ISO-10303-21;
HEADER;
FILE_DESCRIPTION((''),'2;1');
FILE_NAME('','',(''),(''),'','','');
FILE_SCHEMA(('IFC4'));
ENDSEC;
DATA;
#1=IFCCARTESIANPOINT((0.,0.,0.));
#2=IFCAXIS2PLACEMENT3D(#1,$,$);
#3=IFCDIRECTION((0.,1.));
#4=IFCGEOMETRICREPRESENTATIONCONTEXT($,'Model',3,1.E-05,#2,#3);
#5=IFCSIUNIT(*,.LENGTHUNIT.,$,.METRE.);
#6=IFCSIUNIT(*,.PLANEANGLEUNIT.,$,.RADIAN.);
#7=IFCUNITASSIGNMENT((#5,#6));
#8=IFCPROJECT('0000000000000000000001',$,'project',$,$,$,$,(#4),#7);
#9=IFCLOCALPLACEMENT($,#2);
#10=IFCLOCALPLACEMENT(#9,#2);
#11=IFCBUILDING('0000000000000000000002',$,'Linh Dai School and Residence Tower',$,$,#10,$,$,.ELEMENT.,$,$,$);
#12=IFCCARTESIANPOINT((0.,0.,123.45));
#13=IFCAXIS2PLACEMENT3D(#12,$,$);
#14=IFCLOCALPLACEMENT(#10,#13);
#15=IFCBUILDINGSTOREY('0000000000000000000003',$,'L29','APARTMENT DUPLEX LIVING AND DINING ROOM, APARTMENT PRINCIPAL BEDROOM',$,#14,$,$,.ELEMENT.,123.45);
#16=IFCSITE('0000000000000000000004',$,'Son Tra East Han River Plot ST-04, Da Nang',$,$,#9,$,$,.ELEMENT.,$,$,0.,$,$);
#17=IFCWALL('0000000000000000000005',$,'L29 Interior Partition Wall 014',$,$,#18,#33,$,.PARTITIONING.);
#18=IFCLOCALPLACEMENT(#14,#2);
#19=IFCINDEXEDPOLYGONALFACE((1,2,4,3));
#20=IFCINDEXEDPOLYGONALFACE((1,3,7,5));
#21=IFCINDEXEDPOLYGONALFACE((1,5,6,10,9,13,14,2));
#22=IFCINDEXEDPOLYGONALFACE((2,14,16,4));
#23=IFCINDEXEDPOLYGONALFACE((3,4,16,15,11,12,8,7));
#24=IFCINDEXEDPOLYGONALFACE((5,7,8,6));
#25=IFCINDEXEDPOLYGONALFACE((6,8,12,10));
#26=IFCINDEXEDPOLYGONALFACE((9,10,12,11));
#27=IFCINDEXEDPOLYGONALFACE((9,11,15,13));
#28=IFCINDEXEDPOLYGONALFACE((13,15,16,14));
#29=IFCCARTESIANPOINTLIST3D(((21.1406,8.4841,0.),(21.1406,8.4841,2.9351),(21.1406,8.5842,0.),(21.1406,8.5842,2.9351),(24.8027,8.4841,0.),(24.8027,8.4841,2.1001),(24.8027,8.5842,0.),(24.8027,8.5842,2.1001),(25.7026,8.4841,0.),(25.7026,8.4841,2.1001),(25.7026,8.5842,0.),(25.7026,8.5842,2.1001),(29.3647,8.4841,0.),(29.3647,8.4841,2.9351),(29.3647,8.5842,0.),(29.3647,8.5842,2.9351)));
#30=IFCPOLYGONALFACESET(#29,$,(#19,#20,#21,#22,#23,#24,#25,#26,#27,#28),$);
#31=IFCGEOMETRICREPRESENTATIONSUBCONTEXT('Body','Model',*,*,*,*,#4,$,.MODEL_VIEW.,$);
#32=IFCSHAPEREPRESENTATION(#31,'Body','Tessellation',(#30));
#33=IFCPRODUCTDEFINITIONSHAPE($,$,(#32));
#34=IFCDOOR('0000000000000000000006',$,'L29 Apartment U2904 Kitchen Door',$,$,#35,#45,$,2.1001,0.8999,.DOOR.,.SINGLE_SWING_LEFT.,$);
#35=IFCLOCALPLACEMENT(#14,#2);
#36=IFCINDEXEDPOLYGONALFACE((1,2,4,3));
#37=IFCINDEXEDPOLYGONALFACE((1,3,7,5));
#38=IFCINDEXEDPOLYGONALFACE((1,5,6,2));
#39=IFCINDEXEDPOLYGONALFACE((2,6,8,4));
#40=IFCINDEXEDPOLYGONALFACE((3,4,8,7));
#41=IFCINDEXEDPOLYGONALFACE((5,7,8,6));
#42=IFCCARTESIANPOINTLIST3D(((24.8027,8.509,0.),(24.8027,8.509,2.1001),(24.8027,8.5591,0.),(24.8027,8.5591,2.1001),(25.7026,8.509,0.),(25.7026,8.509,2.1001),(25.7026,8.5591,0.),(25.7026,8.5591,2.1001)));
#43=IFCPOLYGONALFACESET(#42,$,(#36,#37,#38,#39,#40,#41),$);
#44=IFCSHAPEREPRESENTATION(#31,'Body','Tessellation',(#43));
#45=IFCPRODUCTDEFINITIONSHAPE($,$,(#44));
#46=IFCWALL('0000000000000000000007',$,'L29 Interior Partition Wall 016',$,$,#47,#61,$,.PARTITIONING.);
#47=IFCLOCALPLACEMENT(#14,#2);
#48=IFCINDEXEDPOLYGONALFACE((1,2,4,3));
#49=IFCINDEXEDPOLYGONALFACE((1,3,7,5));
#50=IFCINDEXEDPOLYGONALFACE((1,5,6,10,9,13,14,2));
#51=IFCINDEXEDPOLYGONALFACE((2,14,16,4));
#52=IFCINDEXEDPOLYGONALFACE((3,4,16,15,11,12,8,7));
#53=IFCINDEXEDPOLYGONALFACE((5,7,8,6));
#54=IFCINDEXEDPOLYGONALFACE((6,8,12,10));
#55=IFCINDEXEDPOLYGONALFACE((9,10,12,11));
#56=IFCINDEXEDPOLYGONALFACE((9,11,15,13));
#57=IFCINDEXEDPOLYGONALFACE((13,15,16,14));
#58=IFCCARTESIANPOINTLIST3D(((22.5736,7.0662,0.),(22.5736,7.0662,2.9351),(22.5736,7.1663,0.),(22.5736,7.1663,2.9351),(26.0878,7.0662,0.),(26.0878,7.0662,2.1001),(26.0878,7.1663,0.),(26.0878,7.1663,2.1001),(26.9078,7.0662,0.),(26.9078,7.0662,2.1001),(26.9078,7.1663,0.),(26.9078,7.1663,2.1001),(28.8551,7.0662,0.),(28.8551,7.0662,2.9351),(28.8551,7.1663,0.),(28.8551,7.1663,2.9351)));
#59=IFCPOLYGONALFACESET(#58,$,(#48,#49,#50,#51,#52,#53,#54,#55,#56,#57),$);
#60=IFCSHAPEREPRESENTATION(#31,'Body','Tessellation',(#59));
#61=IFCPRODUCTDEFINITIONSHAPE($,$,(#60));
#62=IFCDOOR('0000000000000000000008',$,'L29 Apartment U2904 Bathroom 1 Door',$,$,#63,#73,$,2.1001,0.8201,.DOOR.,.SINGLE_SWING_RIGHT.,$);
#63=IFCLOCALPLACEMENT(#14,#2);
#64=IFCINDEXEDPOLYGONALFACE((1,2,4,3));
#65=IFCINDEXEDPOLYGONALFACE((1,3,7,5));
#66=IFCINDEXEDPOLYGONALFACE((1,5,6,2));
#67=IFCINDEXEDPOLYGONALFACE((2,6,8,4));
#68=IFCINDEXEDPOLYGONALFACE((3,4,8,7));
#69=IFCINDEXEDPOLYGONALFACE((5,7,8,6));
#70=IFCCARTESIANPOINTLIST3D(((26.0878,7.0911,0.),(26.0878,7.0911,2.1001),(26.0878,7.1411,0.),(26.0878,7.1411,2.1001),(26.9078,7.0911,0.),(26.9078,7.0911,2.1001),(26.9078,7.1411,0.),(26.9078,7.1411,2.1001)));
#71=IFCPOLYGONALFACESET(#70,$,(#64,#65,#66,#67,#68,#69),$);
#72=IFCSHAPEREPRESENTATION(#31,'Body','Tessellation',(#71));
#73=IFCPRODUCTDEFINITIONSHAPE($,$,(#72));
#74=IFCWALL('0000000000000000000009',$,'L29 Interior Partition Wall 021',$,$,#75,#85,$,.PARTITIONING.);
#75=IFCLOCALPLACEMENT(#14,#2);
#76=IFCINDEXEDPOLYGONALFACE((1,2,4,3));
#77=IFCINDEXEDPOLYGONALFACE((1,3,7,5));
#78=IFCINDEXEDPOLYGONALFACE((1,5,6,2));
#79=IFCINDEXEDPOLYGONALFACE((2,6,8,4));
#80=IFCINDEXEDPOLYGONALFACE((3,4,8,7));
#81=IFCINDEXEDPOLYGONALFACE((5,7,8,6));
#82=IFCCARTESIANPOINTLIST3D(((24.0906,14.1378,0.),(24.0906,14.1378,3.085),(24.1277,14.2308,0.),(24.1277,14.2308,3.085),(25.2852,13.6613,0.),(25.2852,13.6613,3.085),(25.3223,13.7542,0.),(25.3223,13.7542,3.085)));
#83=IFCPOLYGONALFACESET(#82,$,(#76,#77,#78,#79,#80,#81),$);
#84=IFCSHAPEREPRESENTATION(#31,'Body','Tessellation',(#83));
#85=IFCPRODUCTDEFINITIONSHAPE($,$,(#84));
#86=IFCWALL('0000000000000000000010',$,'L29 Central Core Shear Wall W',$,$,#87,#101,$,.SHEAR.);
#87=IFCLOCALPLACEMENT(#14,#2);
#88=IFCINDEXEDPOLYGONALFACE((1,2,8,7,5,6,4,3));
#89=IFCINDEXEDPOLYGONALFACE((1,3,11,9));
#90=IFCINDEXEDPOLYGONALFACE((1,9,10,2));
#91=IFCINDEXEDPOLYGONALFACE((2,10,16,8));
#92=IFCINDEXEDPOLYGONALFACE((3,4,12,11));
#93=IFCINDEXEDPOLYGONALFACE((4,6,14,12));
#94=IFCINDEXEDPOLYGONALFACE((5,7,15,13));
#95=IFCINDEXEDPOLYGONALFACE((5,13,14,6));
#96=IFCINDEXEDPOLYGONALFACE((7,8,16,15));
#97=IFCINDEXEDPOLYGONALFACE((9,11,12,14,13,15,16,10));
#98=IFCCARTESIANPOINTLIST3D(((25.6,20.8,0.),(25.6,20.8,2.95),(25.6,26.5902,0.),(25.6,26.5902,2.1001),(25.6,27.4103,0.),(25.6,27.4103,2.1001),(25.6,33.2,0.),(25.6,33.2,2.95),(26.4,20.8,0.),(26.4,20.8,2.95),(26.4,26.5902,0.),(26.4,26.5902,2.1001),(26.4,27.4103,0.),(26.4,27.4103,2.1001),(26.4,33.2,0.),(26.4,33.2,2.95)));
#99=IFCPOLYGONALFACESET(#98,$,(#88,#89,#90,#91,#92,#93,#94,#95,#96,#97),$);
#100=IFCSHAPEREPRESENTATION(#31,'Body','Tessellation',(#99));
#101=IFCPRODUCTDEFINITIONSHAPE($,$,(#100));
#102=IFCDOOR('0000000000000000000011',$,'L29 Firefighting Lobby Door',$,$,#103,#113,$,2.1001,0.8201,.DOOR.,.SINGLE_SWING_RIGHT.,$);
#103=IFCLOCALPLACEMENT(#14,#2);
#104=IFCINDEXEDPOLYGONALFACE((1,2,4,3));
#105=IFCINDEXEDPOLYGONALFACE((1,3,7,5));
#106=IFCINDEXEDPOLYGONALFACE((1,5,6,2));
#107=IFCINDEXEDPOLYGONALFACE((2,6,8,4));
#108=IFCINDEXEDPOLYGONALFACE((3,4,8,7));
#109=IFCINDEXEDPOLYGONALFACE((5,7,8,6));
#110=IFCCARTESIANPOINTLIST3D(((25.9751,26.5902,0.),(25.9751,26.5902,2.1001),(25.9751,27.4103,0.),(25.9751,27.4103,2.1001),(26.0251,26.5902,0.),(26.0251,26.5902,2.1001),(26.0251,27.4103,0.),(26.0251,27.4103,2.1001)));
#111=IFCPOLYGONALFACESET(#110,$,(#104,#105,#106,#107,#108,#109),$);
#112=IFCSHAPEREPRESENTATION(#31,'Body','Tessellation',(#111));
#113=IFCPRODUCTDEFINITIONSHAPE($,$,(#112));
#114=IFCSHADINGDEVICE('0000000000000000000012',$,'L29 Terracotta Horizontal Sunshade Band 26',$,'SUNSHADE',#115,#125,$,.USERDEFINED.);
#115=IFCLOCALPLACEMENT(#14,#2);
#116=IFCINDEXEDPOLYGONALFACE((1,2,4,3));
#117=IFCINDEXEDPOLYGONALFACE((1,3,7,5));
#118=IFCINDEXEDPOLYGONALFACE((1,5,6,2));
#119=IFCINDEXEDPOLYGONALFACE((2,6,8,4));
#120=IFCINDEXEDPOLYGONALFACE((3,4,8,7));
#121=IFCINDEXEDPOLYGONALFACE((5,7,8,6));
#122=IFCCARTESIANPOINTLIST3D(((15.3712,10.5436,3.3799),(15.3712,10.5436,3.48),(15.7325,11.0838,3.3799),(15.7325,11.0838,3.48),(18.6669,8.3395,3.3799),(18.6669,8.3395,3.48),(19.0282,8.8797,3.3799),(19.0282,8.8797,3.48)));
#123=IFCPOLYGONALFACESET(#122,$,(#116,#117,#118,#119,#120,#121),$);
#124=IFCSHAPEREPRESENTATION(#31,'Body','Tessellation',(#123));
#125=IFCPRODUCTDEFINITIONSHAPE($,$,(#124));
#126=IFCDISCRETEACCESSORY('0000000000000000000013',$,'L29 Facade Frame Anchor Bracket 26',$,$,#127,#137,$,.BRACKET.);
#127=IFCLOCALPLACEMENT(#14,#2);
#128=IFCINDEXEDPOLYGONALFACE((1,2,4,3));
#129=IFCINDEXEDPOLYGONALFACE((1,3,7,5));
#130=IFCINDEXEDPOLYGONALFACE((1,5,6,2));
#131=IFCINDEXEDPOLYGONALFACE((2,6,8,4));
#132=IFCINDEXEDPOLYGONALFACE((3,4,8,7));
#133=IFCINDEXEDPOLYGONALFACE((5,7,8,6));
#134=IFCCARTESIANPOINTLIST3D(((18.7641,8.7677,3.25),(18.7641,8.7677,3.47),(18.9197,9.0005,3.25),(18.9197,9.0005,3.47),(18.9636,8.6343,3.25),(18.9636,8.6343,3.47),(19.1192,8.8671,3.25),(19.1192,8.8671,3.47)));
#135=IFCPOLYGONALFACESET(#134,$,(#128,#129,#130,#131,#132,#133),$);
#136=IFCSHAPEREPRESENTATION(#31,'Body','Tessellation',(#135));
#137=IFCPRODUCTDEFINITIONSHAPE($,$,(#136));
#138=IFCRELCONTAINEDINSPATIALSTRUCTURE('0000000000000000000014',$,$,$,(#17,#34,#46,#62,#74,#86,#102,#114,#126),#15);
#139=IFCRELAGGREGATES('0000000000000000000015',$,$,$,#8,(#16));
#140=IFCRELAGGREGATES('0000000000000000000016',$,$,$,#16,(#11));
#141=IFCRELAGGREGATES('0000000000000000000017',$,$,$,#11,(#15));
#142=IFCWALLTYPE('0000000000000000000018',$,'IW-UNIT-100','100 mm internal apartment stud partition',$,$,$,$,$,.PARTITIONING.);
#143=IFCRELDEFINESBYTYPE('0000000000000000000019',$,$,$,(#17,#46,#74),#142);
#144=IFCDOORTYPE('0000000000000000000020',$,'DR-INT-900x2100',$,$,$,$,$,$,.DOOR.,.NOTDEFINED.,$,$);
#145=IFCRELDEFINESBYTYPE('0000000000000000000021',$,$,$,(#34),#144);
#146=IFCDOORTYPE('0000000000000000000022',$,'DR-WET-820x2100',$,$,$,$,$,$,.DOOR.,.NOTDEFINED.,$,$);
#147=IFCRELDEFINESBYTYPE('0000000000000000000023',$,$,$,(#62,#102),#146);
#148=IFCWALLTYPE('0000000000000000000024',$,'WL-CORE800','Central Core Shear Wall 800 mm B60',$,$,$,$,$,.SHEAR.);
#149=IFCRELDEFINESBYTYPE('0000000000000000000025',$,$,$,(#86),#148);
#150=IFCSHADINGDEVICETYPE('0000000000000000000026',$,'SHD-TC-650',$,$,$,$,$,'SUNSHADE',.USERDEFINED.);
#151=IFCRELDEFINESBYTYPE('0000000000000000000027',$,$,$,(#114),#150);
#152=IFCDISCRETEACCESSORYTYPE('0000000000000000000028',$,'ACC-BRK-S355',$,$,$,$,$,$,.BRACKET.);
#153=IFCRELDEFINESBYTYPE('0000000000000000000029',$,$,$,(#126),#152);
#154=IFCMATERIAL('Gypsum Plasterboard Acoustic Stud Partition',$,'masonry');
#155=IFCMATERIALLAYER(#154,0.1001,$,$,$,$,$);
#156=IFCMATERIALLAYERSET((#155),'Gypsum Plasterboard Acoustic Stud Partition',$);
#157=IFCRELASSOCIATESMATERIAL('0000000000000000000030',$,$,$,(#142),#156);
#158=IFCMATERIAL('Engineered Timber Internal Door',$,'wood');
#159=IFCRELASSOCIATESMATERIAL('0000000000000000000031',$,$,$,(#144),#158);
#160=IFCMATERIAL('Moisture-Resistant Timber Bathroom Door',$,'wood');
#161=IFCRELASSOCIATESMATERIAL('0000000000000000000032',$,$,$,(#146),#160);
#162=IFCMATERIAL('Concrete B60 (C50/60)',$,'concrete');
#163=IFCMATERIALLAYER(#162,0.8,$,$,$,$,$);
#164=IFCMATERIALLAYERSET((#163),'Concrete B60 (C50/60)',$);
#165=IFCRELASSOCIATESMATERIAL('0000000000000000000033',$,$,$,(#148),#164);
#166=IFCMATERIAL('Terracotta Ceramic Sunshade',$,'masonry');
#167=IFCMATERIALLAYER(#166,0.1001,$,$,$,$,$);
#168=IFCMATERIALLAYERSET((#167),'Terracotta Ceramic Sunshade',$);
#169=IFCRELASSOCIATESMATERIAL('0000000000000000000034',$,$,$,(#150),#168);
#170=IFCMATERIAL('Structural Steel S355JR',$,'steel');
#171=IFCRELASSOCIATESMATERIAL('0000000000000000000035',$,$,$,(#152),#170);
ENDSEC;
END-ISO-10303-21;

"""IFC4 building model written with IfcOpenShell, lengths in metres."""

from ifc_helpers import new_model, si_unit, direction, frame, frame_2d, origin, origin_2d, place, context, subcontext, project, spatial, rectangle, extrude, source, transform, mapped, material, layer, layer_set, type_object, element, fill, save


model = new_model("IFC4")

# Units and contexts
model_context = context("Model", 3, precision=1e-05, world=origin(), true_north=direction((0.0, 1.0)))
body_context = subcontext(model_context, "Body", "Model", "MODEL_VIEW")
ifc_project = project(units=[si_unit("LENGTHUNIT", "METRE"), si_unit("PLANEANGLEUNIT", "RADIAN")], contexts=[model_context])

# Site, building, storey
site_placement = place(None, origin())
site = spatial("IfcSite", under=ifc_project, at=site_placement, Name="Son Tra East Han River Plot ST-04, Da Nang", CompositionType="ELEMENT", RefElevation=0.0)
building_placement = place(site_placement, origin())
building = spatial("IfcBuilding", under=site, at=building_placement, Name="Linh Dai School and Residence Tower", CompositionType="ELEMENT")
storey_placement = place(building_placement, frame((0.0, 0.0, 123.45)))
storey = spatial("IfcBuildingStorey", under=building, at=storey_placement, Name="L29", Description="APARTMENT DUPLEX LIVING AND DINING ROOM, APARTMENT PRINCIPAL BEDROOM", CompositionType="ELEMENT", Elevation=123.45)

# Shared definitions
ifc_material_1 = material(Name="Concrete B60 (C50/60)", Category="concrete")
ifc_material_2 = material(Name="Structural Steel S355JR", Category="steel")

# Shared definitions
ifc_material_3 = material(Name="Gypsum Plasterboard Acoustic Stud Partition", Category="masonry")
ifc_layer_1 = layer(ifc_material_3, 0.1001)
ifc_layer_set_1 = layer_set([ifc_layer_1], Name="Gypsum Plasterboard Acoustic Stud Partition")
wall_type_1 = type_object("IfcWallType", Name="IW-UNIT-100", Description="100 mm internal apartment stud partition", PredefinedType="PARTITIONING", material=ifc_layer_set_1)

# Walls, openings, doors
ifc_material_4 = material(Name="Engineered Timber Internal Door", Category="wood")
door_type_1 = type_object("IfcDoorType", Name="DR-INT-900x2100", OperationType="NOTDEFINED", PredefinedType="DOOR", material=ifc_material_4)
shared_shape_1 = source(origin(), body_context, "Body", "SweptSolid", [
    extrude(rectangle(XDim=0.8999, YDim=2.1001, at=origin_2d()), frame((0.45, 0.0249, 1.05), z_axis=(0.0, -1.0, 0.0), x_axis=(1.0, 0.0, 0.0)), (0.0, 0.0, 1.0), 0.05),
])
wall_1_placement = place(storey_placement, frame((21.1406, 8.5342, 0.0), z_axis=(0.0, 0.0, 1.0), x_axis=(1.0, 0.0, 0.0)))
wall_1 = element("IfcWall", 1, at=wall_1_placement, inside=storey, type_object=wall_type_1, Name="L29 Interior Partition Wall 014", PredefinedType="PARTITIONING", context=body_context, shape_type="SweptSolid", body=[
    extrude(rectangle(XDim=8.2241, YDim=0.1001, at=frame_2d((4.1121, 0.0))), origin(), (0.0, 0.0, 1.0), 2.9351),
])
opening_1_placement = place(wall_1_placement, frame((3.6621, 0.0, 0.0)))
opening_1 = element("IfcOpeningElement", 2, at=opening_1_placement, cuts=wall_1, PredefinedType="OPENING", context=body_context, shape_type="SweptSolid", body=[
    extrude(rectangle(XDim=0.8999, YDim=2.1001, at=origin_2d()), frame((0.45, 0.0601, 1.05), z_axis=(0.0, -1.0, 0.0), x_axis=(1.0, 0.0, 0.0)), (0.0, 0.0, 1.0), 0.1201),
])
door_1_placement = place(opening_1_placement, origin())
door_1 = element("IfcDoor", 3, at=door_1_placement, inside=storey, type_object=door_type_1, Name="L29 Apartment U2904 Kitchen Door", OperationType="SINGLE_SWING_LEFT", OverallHeight=2.1001, OverallWidth=0.8999, PredefinedType="DOOR", context=body_context, shape_type="MappedRepresentation", body=[
    mapped(shared_shape_1, transform((0.0, 0.0, 0.0), x_axis=(1.0, 0.0, 0.0), y_axis=(0.0, 1.0, 0.0), z_axis=(0.0, 0.0, 1.0), scale=1.0)),
])
fill(opening_1, door_1)
wall_2_placement = place(storey_placement, frame((22.5737, 7.1162, 0.0), z_axis=(0.0, 0.0, 1.0), x_axis=(1.0, 0.0, 0.0)))
wall_2 = element("IfcWall", 4, at=wall_2_placement, inside=storey, type_object=wall_type_1, Name="L29 Interior Partition Wall 016", PredefinedType="PARTITIONING", context=body_context, shape_type="SweptSolid", body=[
    extrude(rectangle(XDim=6.2815, YDim=0.1001, at=frame_2d((3.1406, 0.0))), origin(), (0.0, 0.0, 1.0), 2.9351),
])
opening_2_placement = place(wall_2_placement, frame((3.5139, 0.0, 0.0)))
opening_2 = element("IfcOpeningElement", 5, at=opening_2_placement, cuts=wall_2, PredefinedType="OPENING", context=body_context, shape_type="SweptSolid", body=[
    extrude(rectangle(XDim=0.8201, YDim=2.1001, at=origin_2d()), frame((0.4102, 0.0601, 1.05), z_axis=(0.0, -1.0, 0.0), x_axis=(1.0, 0.0, 0.0)), (0.0, 0.0, 1.0), 0.1201),
])
ifc_material_5 = material(Name="Moisture-Resistant Timber Bathroom Door", Category="wood")
door_type_2 = type_object("IfcDoorType", Name="DR-WET-820x2100", OperationType="NOTDEFINED", PredefinedType="DOOR", material=ifc_material_5)
shared_shape_2 = source(origin(), body_context, "Body", "SweptSolid", [
    extrude(rectangle(XDim=0.8201, YDim=2.1001, at=origin_2d()), frame((0.4102, 0.0249, 1.05), z_axis=(0.0, -1.0, 0.0), x_axis=(1.0, 0.0, 0.0)), (0.0, 0.0, 1.0), 0.05),
])
door_2_placement = place(opening_2_placement, origin())
door_2 = element("IfcDoor", 6, at=door_2_placement, inside=storey, type_object=door_type_2, Name="L29 Apartment U2904 Bathroom 1 Door", OperationType="SINGLE_SWING_RIGHT", OverallHeight=2.1001, OverallWidth=0.8201, PredefinedType="DOOR", context=body_context, shape_type="MappedRepresentation", body=[
    mapped(shared_shape_2, transform((0.0, 0.0, 0.0), x_axis=(1.0, 0.0, 0.0), y_axis=(0.0, 1.0, 0.0), z_axis=(0.0, 0.0, 1.0), scale=1.0)),
])
fill(opening_2, door_2)

# Wall
wall_3_placement = place(storey_placement, frame((24.1091, 14.1843, 0.0), z_axis=(0.0, 0.0, 1.0), x_axis=(0.928817, -0.37054, 0.0)))
element("IfcWall", 7, at=wall_3_placement, inside=storey, type_object=wall_type_1, Name="L29 Interior Partition Wall 021", PredefinedType="PARTITIONING", context=body_context, shape_type="SweptSolid", body=[
    extrude(rectangle(XDim=1.2861, YDim=0.1001, at=frame_2d((0.6431, 0.0))), origin(), (0.0, 0.0, 1.0), 3.085),
])

# Wall, opening, door
ifc_layer_2 = layer(ifc_material_1, 0.8)
ifc_layer_set_2 = layer_set([ifc_layer_2], Name="Concrete B60 (C50/60)")
wall_type_2 = type_object("IfcWallType", Name="WL-CORE800", Description="Central Core Shear Wall 800 mm B60", PredefinedType="SHEAR", material=ifc_layer_set_2)
wall_4_placement = place(storey_placement, frame((26.0, 20.8, 0.0), z_axis=(0.0, 0.0, 1.0), x_axis=(0.0, 1.0, 0.0)))
wall_4 = element("IfcWall", 8, at=wall_4_placement, inside=storey, type_object=wall_type_2, Name="L29 Central Core Shear Wall W", PredefinedType="SHEAR", context=body_context, shape_type="SweptSolid", body=[
    extrude(rectangle(XDim=12.3999, YDim=0.8, at=frame_2d((6.2, 0.0))), origin(), (0.0, 0.0, 1.0), 2.95),
])
opening_3_placement = place(wall_4_placement, frame((5.79, 0.0, 0.0)))
opening_3 = element("IfcOpeningElement", 9, at=opening_3_placement, cuts=wall_4, PredefinedType="OPENING", context=body_context, shape_type="SweptSolid", body=[
    extrude(rectangle(XDim=0.8201, YDim=2.1001, at=origin_2d()), frame((0.4102, 0.4102, 1.05), z_axis=(0.0, -1.0, 0.0), x_axis=(1.0, 0.0, 0.0)), (0.0, 0.0, 1.0), 0.8201),
])
door_3_placement = place(opening_3_placement, origin())
door_3 = element("IfcDoor", 10, at=door_3_placement, inside=storey, type_object=door_type_2, Name="L29 Firefighting Lobby Door", OperationType="SINGLE_SWING_RIGHT", OverallHeight=2.1001, OverallWidth=0.8201, PredefinedType="DOOR", context=body_context, shape_type="MappedRepresentation", body=[
    mapped(shared_shape_2, transform((0.0, 0.0, 0.0), x_axis=(1.0, 0.0, 0.0), y_axis=(0.0, 1.0, 0.0), z_axis=(0.0, 0.0, 1.0), scale=1.0)),
])
fill(opening_3, door_3)

# Shading device
ifc_material_6 = material(Name="Terracotta Ceramic Sunshade", Category="masonry")
ifc_layer_3 = layer(ifc_material_6, 0.1001)
ifc_layer_set_3 = layer_set([ifc_layer_3], Name="Terracotta Ceramic Sunshade")
shading_device_type = type_object("IfcShadingDeviceType", Name="SHD-TC-650", ElementType="SUNSHADE", PredefinedType="USERDEFINED", material=ifc_layer_set_3)
shared_shape_3 = source(origin(), body_context, "Body", "SweptSolid", [
    extrude(rectangle(XDim=3.9648, YDim=0.6499, at=origin_2d()), origin(), (0.0, 0.0, 1.0), 0.1001),
])
shading_device_placement = place(storey_placement, frame((17.1997, 9.7117, 3.3799), z_axis=(0.0, 0.0, 1.0), x_axis=(-0.83124, 0.555913, 0.0)))
element("IfcShadingDevice", 11, at=shading_device_placement, inside=storey, type_object=shading_device_type, Name="L29 Terracotta Horizontal Sunshade Band 26", ObjectType="SUNSHADE", PredefinedType="USERDEFINED", context=body_context, shape_type="MappedRepresentation", body=[
    mapped(shared_shape_3, transform((0.0, 0.0, 0.0), x_axis=(1.0, 0.0, 0.0), y_axis=(0.0, 1.0, 0.0), z_axis=(0.0, 0.0, 1.0), scale=1.0)),
])

# Discrete accessory
discrete_accessory_type = type_object("IfcDiscreteAccessoryType", Name="ACC-BRK-S355", PredefinedType="BRACKET", material=ifc_material_2)
shared_shape_4 = source(origin(), body_context, "Body", "SweptSolid", [
    extrude(rectangle(XDim=0.28, YDim=0.24, at=origin_2d()), origin(), (0.0, 0.0, 1.0), 0.22),
])
discrete_accessory_placement = place(storey_placement, frame((18.9417, 8.8174, 3.25), z_axis=(0.0, 0.0, 1.0), x_axis=(-0.555913, -0.83124, 0.0)))
element("IfcDiscreteAccessory", 12, at=discrete_accessory_placement, inside=storey, type_object=discrete_accessory_type, Name="L29 Facade Frame Anchor Bracket 26", PredefinedType="BRACKET", context=body_context, shape_type="MappedRepresentation", body=[
    mapped(shared_shape_4, transform((0.0, 0.0, 0.0), x_axis=(1.0, 0.0, 0.0), y_axis=(0.0, 1.0, 0.0), z_axis=(0.0, 0.0, 1.0), scale=1.0)),
])

save(model, "model.ifc")
